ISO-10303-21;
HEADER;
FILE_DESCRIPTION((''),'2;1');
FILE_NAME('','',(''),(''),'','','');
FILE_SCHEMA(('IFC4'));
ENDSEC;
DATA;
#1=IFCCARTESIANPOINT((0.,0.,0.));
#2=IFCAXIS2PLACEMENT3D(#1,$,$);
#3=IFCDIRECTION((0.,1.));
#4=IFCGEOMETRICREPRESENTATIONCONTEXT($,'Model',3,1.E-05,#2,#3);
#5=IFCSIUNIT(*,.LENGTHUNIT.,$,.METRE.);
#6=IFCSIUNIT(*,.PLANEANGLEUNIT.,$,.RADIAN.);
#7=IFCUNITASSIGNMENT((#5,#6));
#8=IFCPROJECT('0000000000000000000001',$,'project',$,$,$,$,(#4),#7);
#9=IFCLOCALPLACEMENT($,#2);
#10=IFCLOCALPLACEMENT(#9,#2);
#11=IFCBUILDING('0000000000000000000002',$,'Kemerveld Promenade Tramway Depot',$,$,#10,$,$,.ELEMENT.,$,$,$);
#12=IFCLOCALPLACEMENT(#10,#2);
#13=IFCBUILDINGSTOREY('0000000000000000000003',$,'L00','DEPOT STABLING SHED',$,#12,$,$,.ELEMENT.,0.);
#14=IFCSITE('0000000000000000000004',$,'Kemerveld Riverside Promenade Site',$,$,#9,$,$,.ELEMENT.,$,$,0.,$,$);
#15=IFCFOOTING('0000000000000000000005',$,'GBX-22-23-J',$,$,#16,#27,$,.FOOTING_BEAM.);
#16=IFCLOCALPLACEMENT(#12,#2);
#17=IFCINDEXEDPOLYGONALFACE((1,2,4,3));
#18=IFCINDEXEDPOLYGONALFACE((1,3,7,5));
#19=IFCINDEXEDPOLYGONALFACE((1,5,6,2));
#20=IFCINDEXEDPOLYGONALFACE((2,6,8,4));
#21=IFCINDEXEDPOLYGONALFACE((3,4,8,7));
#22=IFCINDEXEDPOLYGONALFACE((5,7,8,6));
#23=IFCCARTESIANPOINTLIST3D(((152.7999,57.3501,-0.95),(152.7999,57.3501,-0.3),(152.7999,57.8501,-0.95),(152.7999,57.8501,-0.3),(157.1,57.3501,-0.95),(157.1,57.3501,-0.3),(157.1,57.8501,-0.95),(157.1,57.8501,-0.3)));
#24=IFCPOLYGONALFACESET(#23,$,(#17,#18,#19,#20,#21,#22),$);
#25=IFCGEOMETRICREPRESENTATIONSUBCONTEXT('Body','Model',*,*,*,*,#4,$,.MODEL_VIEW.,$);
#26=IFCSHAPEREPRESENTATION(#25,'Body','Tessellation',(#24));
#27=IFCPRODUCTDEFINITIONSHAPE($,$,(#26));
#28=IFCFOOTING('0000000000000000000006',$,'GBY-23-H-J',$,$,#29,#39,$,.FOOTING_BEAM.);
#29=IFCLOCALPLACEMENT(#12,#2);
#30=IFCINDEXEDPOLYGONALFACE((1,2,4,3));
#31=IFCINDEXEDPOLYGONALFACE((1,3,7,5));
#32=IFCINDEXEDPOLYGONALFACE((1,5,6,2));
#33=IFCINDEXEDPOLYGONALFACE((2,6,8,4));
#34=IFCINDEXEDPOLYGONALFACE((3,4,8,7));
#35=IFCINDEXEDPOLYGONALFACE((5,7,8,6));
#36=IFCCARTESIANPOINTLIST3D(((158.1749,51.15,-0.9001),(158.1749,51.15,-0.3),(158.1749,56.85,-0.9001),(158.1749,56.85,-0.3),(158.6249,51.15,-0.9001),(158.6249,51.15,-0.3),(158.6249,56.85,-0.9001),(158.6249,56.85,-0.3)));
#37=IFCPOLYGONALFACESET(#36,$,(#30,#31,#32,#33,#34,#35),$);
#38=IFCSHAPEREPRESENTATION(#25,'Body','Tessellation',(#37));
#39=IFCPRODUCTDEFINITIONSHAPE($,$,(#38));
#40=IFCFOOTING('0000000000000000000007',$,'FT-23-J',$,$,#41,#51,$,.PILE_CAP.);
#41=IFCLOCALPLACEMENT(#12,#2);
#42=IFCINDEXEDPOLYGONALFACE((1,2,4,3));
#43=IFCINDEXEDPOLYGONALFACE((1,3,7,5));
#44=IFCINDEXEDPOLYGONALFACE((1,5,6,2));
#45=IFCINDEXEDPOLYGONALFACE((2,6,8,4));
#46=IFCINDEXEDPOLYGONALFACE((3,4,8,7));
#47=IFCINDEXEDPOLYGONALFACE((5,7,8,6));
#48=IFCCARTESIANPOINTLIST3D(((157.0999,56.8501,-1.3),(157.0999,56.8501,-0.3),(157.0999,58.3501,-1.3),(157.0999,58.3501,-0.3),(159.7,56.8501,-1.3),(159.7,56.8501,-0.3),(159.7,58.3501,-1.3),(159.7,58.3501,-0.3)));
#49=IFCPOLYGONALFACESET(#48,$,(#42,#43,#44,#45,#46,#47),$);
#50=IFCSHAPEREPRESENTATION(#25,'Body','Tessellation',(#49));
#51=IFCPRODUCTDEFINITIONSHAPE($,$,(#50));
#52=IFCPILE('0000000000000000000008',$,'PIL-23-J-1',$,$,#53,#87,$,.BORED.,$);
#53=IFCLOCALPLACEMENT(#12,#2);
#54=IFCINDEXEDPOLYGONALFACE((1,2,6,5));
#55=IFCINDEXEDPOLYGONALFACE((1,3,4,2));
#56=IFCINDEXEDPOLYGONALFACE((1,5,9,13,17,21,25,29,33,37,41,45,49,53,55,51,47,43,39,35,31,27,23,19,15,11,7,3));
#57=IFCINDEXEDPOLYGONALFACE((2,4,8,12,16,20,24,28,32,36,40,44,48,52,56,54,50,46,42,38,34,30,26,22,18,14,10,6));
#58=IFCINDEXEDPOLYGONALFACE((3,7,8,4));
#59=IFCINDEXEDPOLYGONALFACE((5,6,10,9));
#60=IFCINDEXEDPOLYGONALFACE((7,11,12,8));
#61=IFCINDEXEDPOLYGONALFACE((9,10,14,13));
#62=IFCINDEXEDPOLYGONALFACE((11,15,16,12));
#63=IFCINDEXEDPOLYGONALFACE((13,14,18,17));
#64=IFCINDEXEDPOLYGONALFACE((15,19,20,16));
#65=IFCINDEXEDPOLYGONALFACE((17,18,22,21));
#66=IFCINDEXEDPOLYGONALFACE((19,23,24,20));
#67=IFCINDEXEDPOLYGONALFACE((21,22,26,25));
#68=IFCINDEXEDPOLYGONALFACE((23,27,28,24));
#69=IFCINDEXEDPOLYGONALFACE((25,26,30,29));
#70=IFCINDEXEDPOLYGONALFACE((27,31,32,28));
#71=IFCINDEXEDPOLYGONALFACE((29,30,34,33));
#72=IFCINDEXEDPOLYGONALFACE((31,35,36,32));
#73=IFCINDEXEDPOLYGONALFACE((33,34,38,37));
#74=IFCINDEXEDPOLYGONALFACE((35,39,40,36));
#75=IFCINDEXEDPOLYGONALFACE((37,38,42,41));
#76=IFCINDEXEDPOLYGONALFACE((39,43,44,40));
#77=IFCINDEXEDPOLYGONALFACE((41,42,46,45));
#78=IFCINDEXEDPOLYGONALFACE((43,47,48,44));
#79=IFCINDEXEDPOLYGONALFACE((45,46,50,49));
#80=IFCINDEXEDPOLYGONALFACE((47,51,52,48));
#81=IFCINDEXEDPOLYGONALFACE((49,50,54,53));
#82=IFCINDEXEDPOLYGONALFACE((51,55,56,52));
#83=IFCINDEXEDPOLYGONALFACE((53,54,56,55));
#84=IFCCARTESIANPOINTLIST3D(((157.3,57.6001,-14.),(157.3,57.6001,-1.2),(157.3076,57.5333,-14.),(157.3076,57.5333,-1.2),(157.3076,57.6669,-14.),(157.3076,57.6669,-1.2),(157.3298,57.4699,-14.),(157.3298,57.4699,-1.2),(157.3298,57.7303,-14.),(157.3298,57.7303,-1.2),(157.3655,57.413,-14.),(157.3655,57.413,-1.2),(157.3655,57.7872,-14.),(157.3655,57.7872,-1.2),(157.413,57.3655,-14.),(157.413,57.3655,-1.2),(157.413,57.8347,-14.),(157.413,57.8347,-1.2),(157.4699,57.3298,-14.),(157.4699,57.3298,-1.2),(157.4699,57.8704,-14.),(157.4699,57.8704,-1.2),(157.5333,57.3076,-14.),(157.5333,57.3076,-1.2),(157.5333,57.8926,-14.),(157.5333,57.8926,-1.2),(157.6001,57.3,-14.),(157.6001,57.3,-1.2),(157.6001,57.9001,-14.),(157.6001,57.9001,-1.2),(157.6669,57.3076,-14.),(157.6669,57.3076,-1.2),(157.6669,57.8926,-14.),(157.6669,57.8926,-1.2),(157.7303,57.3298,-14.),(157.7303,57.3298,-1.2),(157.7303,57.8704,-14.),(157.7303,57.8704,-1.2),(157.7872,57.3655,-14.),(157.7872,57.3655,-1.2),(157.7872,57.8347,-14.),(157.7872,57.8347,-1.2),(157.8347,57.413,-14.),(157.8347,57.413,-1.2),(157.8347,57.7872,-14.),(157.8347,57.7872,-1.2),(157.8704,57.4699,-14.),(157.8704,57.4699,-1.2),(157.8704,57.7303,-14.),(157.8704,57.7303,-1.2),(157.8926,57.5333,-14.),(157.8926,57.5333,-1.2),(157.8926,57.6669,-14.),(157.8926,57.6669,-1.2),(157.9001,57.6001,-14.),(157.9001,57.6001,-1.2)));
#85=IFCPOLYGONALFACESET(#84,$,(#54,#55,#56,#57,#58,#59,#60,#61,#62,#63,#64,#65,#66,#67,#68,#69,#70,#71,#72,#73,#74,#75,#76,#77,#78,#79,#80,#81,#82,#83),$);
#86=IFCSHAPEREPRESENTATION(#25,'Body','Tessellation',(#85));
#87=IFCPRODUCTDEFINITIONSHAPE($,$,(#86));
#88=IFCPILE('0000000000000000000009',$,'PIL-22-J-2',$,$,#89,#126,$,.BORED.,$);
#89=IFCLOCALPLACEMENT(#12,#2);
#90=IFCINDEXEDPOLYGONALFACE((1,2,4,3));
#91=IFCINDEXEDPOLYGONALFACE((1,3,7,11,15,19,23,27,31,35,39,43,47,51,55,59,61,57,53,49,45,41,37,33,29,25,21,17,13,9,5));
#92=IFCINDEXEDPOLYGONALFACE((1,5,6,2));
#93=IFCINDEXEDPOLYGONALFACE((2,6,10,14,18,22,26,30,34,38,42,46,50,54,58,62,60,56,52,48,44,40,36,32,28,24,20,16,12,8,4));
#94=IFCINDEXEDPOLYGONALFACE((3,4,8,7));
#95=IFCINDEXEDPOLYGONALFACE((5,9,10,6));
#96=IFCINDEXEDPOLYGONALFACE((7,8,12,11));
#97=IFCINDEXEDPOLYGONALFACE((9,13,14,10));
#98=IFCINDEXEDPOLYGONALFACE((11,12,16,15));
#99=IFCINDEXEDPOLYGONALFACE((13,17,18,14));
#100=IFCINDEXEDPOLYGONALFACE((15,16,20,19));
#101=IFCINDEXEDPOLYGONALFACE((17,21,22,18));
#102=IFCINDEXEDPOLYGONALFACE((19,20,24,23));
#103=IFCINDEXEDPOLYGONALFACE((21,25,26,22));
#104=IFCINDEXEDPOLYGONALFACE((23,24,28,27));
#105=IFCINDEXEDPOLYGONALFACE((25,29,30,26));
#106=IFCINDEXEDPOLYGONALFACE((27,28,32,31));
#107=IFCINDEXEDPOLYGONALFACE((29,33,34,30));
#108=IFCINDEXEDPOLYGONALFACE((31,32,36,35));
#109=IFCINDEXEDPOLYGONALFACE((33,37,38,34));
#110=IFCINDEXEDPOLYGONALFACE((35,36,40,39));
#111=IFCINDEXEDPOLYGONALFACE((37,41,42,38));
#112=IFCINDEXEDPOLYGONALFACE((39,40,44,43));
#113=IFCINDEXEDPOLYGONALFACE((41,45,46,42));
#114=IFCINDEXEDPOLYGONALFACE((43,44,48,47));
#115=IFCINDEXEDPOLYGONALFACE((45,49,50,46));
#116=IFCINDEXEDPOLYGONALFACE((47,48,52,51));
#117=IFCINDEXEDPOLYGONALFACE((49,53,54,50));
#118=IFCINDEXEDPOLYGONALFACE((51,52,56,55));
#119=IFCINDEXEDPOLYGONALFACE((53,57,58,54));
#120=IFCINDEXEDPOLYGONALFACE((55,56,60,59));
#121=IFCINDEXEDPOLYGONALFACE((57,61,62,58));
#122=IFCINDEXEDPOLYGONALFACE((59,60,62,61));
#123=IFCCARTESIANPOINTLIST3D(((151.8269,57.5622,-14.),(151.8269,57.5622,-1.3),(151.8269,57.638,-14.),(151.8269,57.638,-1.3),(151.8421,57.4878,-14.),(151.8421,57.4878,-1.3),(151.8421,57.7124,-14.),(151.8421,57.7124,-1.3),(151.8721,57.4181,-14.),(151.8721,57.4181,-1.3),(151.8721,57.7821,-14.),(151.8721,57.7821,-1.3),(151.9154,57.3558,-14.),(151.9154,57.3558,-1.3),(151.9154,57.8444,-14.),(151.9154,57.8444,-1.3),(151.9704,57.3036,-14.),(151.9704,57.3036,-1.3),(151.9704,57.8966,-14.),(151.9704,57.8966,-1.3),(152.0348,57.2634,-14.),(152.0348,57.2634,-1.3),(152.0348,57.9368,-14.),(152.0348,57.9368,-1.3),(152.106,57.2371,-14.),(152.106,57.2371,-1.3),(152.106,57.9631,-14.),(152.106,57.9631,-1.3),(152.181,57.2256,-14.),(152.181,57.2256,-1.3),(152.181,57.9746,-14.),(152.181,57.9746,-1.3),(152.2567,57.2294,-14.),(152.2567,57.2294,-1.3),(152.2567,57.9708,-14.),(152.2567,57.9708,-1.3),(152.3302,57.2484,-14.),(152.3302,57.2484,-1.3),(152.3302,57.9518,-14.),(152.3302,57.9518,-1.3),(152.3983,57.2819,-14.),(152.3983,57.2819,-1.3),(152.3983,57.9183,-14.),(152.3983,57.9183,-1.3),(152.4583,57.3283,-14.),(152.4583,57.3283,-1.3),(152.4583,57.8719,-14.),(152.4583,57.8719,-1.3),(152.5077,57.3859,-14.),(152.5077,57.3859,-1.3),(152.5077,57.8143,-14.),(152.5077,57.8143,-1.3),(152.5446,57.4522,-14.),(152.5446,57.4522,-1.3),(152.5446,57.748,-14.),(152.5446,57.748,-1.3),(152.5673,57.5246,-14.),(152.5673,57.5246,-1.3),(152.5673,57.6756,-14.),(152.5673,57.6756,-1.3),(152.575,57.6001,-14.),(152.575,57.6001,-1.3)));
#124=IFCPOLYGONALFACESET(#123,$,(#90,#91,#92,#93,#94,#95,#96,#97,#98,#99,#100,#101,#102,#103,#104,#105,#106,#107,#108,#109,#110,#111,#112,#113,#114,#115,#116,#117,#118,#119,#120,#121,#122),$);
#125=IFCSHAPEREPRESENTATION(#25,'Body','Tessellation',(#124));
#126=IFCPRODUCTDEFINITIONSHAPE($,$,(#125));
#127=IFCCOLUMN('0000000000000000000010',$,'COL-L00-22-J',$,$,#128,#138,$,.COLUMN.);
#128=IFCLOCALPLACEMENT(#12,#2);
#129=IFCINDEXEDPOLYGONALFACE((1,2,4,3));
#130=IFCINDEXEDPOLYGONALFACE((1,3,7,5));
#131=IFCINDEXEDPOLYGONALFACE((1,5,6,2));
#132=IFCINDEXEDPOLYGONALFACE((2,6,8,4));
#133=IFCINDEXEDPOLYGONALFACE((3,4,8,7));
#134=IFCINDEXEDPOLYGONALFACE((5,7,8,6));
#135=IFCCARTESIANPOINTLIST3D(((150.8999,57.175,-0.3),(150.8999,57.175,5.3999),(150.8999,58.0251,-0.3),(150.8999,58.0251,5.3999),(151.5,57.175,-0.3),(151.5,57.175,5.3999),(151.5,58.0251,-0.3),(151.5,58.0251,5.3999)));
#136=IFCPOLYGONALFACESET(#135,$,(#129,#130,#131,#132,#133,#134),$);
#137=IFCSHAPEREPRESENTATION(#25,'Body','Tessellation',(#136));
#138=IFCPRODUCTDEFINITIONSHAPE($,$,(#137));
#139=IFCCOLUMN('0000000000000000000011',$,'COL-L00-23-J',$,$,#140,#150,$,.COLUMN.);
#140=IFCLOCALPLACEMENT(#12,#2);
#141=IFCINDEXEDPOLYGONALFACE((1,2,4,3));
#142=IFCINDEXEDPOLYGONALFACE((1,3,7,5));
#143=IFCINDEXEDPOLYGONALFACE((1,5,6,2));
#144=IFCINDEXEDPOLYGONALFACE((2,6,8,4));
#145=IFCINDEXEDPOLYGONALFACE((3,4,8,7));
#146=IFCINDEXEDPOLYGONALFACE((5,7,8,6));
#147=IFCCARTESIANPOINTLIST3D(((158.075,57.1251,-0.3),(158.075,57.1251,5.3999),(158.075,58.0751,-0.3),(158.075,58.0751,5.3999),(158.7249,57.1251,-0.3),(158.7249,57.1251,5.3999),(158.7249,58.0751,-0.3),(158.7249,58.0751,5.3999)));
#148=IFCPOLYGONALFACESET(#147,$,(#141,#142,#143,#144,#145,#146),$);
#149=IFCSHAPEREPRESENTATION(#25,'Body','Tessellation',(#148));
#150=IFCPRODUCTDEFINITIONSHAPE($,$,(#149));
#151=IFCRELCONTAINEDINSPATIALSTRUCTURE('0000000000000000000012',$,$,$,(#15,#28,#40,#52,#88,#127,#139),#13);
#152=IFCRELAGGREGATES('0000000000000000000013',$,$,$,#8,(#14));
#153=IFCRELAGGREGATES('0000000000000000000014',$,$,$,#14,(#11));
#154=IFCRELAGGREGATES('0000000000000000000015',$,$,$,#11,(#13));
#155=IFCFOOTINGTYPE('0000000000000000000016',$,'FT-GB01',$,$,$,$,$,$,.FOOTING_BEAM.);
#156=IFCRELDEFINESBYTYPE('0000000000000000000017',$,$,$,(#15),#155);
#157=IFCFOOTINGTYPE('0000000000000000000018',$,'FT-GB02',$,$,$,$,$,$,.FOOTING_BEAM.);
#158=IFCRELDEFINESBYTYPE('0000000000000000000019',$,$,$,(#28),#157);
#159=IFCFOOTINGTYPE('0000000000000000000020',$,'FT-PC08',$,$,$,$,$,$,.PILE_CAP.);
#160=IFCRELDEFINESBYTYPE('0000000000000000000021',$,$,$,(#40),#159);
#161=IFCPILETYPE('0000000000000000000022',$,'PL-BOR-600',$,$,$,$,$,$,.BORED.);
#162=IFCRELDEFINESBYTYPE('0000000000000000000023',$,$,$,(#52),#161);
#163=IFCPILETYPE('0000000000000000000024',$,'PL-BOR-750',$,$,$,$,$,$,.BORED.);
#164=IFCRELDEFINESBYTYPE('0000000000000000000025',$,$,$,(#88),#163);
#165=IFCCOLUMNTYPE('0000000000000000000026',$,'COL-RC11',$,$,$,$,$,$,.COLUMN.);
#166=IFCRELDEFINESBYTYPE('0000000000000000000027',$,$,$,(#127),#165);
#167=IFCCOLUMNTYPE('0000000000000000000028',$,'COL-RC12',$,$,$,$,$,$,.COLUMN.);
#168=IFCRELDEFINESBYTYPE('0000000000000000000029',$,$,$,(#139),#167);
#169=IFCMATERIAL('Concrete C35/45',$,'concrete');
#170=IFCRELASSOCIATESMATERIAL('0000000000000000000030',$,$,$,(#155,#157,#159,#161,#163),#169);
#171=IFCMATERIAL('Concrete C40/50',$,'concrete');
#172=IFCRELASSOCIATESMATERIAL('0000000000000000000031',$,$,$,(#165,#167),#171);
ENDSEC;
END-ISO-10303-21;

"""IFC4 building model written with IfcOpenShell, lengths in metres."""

from ifc_helpers import new_model, si_unit, direction, frame, origin, origin_2d, place, context, subcontext, project, spatial, rectangle, circle, extrude, material, material_profile, profile_set, type_object, element, save


model = new_model("IFC4")

# Units and contexts
model_context = context("Model", 3, precision=1e-05, world=origin(), true_north=direction((0.0, 1.0)))
body_context = subcontext(model_context, "Body", "Model", "MODEL_VIEW")
ifc_project = project(units=[si_unit("LENGTHUNIT", "METRE"), si_unit("PLANEANGLEUNIT", "RADIAN")], contexts=[model_context])

# Site, building, storey
site_placement = place(None, origin())
site = spatial("IfcSite", under=ifc_project, at=site_placement, Name="Kemerveld Riverside Promenade Site", CompositionType="ELEMENT", RefElevation=0.0)
building_placement = place(site_placement, origin())
building = spatial("IfcBuilding", under=site, at=building_placement, Name="Kemerveld Promenade Tramway Depot", CompositionType="ELEMENT")
storey_placement = place(building_placement, origin())
storey = spatial("IfcBuildingStorey", under=building, at=storey_placement, Name="L00", Description="DEPOT STABLING SHED", CompositionType="ELEMENT", Elevation=0.0)

# Footings
ifc_material_1 = material(Name="Concrete C35/45", Category="concrete")
footing_type_1 = type_object("IfcFootingType", Name="FT-GB01", PredefinedType="FOOTING_BEAM", material=ifc_material_1)
footing_1_placement = place(storey_placement, frame((154.95, 57.6001, -0.95), z_axis=(0.0, 0.0, 1.0), x_axis=(1.0, 0.0, 0.0)))
element("IfcFooting", 1, at=footing_1_placement, inside=storey, type_object=footing_type_1, Name="GBX-22-23-J", PredefinedType="FOOTING_BEAM", context=body_context, shape_type="SweptSolid", body=[
    extrude(rectangle(XDim=4.3, YDim=0.5, at=origin_2d()), origin(), (0.0, 0.0, 1.0), 0.6499),
])
footing_type_2 = type_object("IfcFootingType", Name="FT-GB02", PredefinedType="FOOTING_BEAM", material=ifc_material_1)
footing_2_placement = place(storey_placement, frame((158.3999, 54.0, -0.9001), z_axis=(0.0, 0.0, 1.0), x_axis=(0.0, 1.0, 0.0)))
element("IfcFooting", 2, at=footing_2_placement, inside=storey, type_object=footing_type_2, Name="GBY-23-H-J", PredefinedType="FOOTING_BEAM", context=body_context, shape_type="SweptSolid", body=[
    extrude(rectangle(XDim=5.7, YDim=0.45, at=origin_2d()), origin(), (0.0, 0.0, 1.0), 0.6001),
])
footing_type_3 = type_object("IfcFootingType", Name="FT-PC08", PredefinedType="PILE_CAP", material=ifc_material_1)
footing_3_placement = place(storey_placement, frame((158.3999, 57.6001, -1.3), z_axis=(0.0, 0.0, 1.0), x_axis=(1.0, 0.0, 0.0)))
element("IfcFooting", 3, at=footing_3_placement, inside=storey, type_object=footing_type_3, Name="FT-23-J", PredefinedType="PILE_CAP", context=body_context, shape_type="SweptSolid", body=[
    extrude(rectangle(XDim=2.6001, YDim=1.5, at=origin_2d()), origin(), (0.0, 0.0, 1.0), 1.0),
])

# Piles
ifc_material_profile_1 = material_profile(ifc_material_1, circle(Radius=0.3, at=origin_2d()), Name="PILE-D600")
ifc_profile_set_1 = profile_set([ifc_material_profile_1], Name="Concrete C35/45")
pile_type_1 = type_object("IfcPileType", Name="PL-BOR-600", PredefinedType="BORED", material=ifc_profile_set_1)
pile_1_placement = place(storey_placement, frame((157.6001, 57.6001, -1.2), z_axis=(0.0, 0.0, -1.0), x_axis=(1.0, 0.0, 0.0)))
element("IfcPile", 4, at=pile_1_placement, inside=storey, type_object=pile_type_1, Name="PIL-23-J-1", PredefinedType="BORED", context=body_context, shape_type="SweptSolid", body=[
    extrude(circle(Radius=0.3, at=origin_2d()), origin(), (0.0, 0.0, 1.0), 12.8),
])
ifc_material_profile_2 = material_profile(ifc_material_1, circle(Radius=0.375, at=origin_2d()), Name="PILE-D750")
ifc_profile_set_2 = profile_set([ifc_material_profile_2], Name="Concrete C35/45")
pile_type_2 = type_object("IfcPileType", Name="PL-BOR-750", PredefinedType="BORED", material=ifc_profile_set_2)
pile_2_placement = place(storey_placement, frame((152.2, 57.6001, -1.3), z_axis=(0.0, 0.0, -1.0), x_axis=(1.0, 0.0, 0.0)))
element("IfcPile", 5, at=pile_2_placement, inside=storey, type_object=pile_type_2, Name="PIL-22-J-2", PredefinedType="BORED", context=body_context, shape_type="SweptSolid", body=[
    extrude(circle(Radius=0.375, at=origin_2d()), origin(), (0.0, 0.0, 1.0), 12.7),
])

# Columns
ifc_material_2 = material(Name="Concrete C40/50", Category="concrete")
ifc_material_profile_3 = material_profile(ifc_material_2, rectangle(XDim=0.6001, YDim=0.8501, at=origin_2d()), Name="RC-PIER-850x600")
ifc_profile_set_3 = profile_set([ifc_material_profile_3], Name="Concrete C40/50")
column_type_1 = type_object("IfcColumnType", Name="COL-RC11", PredefinedType="COLUMN", material=ifc_profile_set_3)
column_1_placement = place(storey_placement, frame((151.2, 57.6001, -0.3), z_axis=(0.0, 0.0, 1.0), x_axis=(1.0, 0.0, 0.0)))
element("IfcColumn", 6, at=column_1_placement, inside=storey, type_object=column_type_1, Name="COL-L00-22-J", PredefinedType="COLUMN", context=body_context, shape_type="SweptSolid", body=[
    extrude(rectangle(XDim=0.6001, YDim=0.8501, at=origin_2d()), origin(), (0.0, 0.0, 1.0), 5.7),
])
ifc_material_profile_4 = material_profile(ifc_material_2, rectangle(XDim=0.6499, YDim=0.95, at=origin_2d()), Name="RC-PIER-950x650")
ifc_profile_set_4 = profile_set([ifc_material_profile_4], Name="Concrete C40/50")
column_type_2 = type_object("IfcColumnType", Name="COL-RC12", PredefinedType="COLUMN", material=ifc_profile_set_4)
column_2_placement = place(storey_placement, frame((158.3999, 57.6001, -0.3), z_axis=(0.0, 0.0, 1.0), x_axis=(1.0, 0.0, 0.0)))
element("IfcColumn", 7, at=column_2_placement, inside=storey, type_object=column_type_2, Name="COL-L00-23-J", PredefinedType="COLUMN", context=body_context, shape_type="SweptSolid", body=[
    extrude(rectangle(XDim=0.6499, YDim=0.95, at=origin_2d()), origin(), (0.0, 0.0, 1.0), 5.7),
])

save(model, "model.ifc")
